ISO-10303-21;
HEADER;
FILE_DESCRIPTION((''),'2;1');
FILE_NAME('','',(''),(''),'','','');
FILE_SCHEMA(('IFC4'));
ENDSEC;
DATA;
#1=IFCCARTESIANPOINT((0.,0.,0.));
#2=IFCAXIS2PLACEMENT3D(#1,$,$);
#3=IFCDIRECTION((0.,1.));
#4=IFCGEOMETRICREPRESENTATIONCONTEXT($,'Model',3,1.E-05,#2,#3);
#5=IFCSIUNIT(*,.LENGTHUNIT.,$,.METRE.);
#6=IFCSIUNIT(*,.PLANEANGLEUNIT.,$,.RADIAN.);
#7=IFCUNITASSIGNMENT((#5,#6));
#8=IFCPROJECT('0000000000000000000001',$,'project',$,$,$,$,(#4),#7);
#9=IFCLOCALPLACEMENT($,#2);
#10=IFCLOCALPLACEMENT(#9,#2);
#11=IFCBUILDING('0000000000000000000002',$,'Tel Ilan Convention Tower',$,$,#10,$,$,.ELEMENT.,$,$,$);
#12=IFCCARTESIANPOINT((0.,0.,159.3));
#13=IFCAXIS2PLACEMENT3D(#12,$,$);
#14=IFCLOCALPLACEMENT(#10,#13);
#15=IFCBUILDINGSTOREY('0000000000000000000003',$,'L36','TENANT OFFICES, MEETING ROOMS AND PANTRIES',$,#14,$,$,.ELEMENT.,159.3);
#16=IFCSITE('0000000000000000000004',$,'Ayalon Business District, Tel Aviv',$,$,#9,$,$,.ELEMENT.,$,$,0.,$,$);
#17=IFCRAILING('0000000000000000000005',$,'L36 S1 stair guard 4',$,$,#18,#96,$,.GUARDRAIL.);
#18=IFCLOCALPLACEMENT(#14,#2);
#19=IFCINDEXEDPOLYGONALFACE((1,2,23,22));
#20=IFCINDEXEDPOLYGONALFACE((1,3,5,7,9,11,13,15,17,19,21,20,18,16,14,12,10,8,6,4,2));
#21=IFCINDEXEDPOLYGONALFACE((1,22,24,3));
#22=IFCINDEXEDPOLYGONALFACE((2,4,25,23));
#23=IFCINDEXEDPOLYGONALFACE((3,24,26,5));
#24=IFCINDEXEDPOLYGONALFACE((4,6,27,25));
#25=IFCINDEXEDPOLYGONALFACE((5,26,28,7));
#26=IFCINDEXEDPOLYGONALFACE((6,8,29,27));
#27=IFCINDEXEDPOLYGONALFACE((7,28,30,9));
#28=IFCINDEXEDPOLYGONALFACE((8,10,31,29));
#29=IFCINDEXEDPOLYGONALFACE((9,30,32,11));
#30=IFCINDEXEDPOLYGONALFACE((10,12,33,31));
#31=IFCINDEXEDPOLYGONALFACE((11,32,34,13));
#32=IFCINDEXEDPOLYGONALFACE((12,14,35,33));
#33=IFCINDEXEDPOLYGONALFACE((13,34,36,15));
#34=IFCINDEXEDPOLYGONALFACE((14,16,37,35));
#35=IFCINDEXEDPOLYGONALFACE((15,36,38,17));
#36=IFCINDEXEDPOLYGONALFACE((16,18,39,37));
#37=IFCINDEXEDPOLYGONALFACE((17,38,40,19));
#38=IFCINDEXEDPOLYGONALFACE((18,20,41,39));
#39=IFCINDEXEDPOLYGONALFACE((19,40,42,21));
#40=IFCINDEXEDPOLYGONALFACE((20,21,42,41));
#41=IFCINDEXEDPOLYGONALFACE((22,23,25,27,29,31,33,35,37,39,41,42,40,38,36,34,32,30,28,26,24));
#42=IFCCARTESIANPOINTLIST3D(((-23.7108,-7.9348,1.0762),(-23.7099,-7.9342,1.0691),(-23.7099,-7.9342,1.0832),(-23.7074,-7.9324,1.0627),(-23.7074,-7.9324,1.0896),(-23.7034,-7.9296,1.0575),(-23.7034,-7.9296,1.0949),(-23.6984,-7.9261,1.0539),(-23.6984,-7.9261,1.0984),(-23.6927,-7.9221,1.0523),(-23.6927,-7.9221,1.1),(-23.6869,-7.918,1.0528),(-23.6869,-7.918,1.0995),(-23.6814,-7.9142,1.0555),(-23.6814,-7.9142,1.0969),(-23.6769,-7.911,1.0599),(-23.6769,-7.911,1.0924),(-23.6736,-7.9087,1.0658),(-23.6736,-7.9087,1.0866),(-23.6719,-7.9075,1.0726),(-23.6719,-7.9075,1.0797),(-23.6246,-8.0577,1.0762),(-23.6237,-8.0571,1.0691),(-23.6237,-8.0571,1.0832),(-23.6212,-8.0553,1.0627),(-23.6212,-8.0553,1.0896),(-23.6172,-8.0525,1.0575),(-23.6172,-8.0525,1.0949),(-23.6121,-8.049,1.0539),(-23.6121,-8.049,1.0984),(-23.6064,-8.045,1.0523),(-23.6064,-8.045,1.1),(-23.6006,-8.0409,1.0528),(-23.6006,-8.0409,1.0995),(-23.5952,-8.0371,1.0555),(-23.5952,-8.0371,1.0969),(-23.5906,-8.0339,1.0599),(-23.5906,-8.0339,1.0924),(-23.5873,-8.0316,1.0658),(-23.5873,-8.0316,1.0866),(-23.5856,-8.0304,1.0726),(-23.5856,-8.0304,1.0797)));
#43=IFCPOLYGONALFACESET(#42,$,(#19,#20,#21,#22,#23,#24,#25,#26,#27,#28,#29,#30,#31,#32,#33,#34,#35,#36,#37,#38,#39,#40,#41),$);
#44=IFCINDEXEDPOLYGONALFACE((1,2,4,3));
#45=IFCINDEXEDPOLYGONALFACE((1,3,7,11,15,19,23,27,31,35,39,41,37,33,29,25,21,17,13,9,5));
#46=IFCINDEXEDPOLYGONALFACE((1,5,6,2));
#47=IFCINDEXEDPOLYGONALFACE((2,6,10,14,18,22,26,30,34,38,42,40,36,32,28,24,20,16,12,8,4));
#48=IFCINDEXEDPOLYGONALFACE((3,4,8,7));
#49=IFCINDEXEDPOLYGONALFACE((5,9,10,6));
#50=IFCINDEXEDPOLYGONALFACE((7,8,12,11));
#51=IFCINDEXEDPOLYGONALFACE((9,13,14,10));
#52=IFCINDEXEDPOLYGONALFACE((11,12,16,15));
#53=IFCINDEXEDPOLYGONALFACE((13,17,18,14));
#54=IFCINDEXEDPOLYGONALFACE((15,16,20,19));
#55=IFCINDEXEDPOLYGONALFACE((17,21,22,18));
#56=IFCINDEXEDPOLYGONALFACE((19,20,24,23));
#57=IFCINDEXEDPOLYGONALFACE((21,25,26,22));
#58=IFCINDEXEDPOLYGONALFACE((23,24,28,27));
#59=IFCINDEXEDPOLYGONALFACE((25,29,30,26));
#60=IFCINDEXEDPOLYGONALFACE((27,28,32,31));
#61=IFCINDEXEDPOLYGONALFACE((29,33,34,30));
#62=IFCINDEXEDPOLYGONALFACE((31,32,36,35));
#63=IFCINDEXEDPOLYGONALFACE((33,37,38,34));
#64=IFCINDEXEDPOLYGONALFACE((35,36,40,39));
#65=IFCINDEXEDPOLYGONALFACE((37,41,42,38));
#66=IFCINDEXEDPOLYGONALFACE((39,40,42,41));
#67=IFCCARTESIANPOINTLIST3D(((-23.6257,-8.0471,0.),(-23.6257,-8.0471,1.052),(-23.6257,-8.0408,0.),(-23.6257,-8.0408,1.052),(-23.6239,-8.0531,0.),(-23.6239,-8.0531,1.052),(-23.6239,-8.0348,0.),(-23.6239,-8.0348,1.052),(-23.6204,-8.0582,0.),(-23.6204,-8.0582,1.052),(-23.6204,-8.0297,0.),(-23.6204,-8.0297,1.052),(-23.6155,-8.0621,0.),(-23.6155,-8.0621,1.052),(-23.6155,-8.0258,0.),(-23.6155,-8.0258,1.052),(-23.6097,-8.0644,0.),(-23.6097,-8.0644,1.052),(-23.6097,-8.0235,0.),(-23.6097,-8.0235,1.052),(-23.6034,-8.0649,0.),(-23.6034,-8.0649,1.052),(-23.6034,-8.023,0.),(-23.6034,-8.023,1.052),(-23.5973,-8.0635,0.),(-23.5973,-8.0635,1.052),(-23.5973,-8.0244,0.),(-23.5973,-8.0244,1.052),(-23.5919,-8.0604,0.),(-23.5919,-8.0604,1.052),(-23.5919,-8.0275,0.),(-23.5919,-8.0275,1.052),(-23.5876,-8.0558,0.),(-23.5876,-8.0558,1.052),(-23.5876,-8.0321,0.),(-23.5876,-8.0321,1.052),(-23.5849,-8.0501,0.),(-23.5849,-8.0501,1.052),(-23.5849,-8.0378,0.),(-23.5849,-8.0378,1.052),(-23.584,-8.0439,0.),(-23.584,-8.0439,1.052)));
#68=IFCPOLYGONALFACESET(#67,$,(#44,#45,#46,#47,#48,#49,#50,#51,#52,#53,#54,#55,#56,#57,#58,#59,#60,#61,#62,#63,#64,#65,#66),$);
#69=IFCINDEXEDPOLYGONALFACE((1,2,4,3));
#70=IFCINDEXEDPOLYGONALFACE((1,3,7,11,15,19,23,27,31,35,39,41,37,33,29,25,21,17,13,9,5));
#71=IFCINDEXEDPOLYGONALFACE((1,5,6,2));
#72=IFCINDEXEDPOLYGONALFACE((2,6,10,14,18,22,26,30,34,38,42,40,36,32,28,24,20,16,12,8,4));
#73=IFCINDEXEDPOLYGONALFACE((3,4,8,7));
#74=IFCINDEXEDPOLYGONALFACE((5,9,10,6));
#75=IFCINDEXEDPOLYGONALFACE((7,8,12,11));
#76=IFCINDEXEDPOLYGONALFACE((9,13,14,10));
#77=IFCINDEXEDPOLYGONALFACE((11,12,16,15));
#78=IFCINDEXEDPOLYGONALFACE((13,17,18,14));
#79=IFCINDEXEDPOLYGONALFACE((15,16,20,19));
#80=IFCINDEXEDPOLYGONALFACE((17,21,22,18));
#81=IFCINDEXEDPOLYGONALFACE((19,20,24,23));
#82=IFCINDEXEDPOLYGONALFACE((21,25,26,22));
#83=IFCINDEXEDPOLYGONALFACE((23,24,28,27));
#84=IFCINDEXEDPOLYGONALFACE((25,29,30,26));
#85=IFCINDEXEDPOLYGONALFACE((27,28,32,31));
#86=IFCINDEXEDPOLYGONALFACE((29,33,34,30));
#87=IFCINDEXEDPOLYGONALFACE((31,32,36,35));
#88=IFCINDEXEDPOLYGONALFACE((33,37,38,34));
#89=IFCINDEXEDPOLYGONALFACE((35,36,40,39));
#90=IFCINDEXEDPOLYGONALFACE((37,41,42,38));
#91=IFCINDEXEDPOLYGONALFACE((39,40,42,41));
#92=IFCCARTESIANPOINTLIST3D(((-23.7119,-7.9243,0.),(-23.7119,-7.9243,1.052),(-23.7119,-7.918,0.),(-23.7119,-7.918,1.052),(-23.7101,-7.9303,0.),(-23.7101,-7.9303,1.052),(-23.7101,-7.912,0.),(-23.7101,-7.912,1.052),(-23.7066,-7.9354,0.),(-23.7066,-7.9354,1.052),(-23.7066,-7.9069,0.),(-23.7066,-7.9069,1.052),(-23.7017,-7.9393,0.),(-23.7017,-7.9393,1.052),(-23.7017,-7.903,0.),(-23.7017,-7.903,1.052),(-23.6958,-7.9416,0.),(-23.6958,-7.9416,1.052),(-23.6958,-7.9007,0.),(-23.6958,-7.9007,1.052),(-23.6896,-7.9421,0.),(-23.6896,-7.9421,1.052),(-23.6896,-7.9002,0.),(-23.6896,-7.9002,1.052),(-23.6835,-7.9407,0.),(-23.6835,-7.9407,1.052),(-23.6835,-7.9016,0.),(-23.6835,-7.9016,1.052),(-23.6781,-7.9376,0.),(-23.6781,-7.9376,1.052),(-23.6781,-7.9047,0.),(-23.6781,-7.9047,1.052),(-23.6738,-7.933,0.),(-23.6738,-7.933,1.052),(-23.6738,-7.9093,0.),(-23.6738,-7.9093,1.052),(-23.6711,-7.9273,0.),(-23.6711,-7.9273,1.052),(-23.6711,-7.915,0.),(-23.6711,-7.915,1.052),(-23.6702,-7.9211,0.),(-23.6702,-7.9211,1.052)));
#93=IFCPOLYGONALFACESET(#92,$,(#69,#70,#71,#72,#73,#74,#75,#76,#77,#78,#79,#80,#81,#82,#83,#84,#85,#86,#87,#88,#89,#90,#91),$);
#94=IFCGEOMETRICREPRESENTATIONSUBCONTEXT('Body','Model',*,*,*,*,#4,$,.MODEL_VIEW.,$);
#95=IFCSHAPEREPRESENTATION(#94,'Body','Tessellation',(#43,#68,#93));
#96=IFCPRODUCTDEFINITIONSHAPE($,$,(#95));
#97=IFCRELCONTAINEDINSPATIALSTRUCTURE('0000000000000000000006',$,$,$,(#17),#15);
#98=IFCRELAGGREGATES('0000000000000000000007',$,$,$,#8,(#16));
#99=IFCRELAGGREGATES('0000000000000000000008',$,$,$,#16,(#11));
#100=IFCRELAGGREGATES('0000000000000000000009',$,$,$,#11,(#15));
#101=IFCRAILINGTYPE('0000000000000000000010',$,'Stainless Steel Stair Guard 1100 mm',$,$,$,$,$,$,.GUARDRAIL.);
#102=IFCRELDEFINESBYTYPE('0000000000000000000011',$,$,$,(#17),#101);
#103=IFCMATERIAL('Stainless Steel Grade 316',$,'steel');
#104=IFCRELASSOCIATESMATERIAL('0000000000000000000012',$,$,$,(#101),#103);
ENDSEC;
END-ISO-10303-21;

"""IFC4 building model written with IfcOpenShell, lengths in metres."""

from ifc_helpers import new_model, si_unit, direction, frame, origin, origin_2d, place, context, subcontext, project, spatial, circle, extrude, material, type_object, element, save


model = new_model("IFC4")

# Units and contexts
model_context = context("Model", 3, precision=1e-05, world=origin(), true_north=direction((0.0, 1.0)))
body_context = subcontext(model_context, "Body", "Model", "MODEL_VIEW")
ifc_project = project(units=[si_unit("LENGTHUNIT", "METRE"), si_unit("PLANEANGLEUNIT", "RADIAN")], contexts=[model_context])

# Site, building, storey
site_placement = place(None, origin())
site = spatial("IfcSite", under=ifc_project, at=site_placement, Name="Ayalon Business District, Tel Aviv", CompositionType="ELEMENT", RefElevation=0.0)
building_placement = place(site_placement, origin())
building = spatial("IfcBuilding", under=site, at=building_placement, Name="Tel Ilan Convention Tower", CompositionType="ELEMENT")
storey_placement = place(building_placement, frame((0.0, 0.0, 159.3)))
storey = spatial("IfcBuildingStorey", under=building, at=storey_placement, Name="L36", Description="TENANT OFFICES, MEETING ROOMS AND PANTRIES", CompositionType="ELEMENT", Elevation=159.3)

# Railing
ifc_material_1 = material(Name="Stainless Steel Grade 316", Category="steel")
railing_type_1 = type_object("IfcRailingType", Name="Stainless Steel Stair Guard 1100 mm", PredefinedType="GUARDRAIL", material=ifc_material_1)
railing_1_placement = place(storey_placement, frame((-23.605, -8.0439, 0.0)))
element("IfcRailing", 1, at=railing_1_placement, inside=storey, type_object=railing_type_1, Name="L36 S1 stair guard 4", PredefinedType="GUARDRAIL", context=body_context, shape_type="SweptSolid", body=[
    extrude(circle(Radius=0.0239, at=origin_2d()), frame((0.0, 0.0, 1.0762), z_axis=(-0.574445, 0.818543, 0.0), x_axis=(-0.818543, -0.574445, 0.0)), (0.0, 0.0, 1.0), 0.1501),
    extrude(circle(Radius=0.021, at=origin_2d()), origin(), (0.0, 0.0, 1.0), 1.052),
    extrude(circle(Radius=0.021, at=origin_2d()), frame((-0.0862, 0.1228, 0.0)), (0.0, 0.0, 1.0), 1.052),
])

save(model, "model.ifc")
